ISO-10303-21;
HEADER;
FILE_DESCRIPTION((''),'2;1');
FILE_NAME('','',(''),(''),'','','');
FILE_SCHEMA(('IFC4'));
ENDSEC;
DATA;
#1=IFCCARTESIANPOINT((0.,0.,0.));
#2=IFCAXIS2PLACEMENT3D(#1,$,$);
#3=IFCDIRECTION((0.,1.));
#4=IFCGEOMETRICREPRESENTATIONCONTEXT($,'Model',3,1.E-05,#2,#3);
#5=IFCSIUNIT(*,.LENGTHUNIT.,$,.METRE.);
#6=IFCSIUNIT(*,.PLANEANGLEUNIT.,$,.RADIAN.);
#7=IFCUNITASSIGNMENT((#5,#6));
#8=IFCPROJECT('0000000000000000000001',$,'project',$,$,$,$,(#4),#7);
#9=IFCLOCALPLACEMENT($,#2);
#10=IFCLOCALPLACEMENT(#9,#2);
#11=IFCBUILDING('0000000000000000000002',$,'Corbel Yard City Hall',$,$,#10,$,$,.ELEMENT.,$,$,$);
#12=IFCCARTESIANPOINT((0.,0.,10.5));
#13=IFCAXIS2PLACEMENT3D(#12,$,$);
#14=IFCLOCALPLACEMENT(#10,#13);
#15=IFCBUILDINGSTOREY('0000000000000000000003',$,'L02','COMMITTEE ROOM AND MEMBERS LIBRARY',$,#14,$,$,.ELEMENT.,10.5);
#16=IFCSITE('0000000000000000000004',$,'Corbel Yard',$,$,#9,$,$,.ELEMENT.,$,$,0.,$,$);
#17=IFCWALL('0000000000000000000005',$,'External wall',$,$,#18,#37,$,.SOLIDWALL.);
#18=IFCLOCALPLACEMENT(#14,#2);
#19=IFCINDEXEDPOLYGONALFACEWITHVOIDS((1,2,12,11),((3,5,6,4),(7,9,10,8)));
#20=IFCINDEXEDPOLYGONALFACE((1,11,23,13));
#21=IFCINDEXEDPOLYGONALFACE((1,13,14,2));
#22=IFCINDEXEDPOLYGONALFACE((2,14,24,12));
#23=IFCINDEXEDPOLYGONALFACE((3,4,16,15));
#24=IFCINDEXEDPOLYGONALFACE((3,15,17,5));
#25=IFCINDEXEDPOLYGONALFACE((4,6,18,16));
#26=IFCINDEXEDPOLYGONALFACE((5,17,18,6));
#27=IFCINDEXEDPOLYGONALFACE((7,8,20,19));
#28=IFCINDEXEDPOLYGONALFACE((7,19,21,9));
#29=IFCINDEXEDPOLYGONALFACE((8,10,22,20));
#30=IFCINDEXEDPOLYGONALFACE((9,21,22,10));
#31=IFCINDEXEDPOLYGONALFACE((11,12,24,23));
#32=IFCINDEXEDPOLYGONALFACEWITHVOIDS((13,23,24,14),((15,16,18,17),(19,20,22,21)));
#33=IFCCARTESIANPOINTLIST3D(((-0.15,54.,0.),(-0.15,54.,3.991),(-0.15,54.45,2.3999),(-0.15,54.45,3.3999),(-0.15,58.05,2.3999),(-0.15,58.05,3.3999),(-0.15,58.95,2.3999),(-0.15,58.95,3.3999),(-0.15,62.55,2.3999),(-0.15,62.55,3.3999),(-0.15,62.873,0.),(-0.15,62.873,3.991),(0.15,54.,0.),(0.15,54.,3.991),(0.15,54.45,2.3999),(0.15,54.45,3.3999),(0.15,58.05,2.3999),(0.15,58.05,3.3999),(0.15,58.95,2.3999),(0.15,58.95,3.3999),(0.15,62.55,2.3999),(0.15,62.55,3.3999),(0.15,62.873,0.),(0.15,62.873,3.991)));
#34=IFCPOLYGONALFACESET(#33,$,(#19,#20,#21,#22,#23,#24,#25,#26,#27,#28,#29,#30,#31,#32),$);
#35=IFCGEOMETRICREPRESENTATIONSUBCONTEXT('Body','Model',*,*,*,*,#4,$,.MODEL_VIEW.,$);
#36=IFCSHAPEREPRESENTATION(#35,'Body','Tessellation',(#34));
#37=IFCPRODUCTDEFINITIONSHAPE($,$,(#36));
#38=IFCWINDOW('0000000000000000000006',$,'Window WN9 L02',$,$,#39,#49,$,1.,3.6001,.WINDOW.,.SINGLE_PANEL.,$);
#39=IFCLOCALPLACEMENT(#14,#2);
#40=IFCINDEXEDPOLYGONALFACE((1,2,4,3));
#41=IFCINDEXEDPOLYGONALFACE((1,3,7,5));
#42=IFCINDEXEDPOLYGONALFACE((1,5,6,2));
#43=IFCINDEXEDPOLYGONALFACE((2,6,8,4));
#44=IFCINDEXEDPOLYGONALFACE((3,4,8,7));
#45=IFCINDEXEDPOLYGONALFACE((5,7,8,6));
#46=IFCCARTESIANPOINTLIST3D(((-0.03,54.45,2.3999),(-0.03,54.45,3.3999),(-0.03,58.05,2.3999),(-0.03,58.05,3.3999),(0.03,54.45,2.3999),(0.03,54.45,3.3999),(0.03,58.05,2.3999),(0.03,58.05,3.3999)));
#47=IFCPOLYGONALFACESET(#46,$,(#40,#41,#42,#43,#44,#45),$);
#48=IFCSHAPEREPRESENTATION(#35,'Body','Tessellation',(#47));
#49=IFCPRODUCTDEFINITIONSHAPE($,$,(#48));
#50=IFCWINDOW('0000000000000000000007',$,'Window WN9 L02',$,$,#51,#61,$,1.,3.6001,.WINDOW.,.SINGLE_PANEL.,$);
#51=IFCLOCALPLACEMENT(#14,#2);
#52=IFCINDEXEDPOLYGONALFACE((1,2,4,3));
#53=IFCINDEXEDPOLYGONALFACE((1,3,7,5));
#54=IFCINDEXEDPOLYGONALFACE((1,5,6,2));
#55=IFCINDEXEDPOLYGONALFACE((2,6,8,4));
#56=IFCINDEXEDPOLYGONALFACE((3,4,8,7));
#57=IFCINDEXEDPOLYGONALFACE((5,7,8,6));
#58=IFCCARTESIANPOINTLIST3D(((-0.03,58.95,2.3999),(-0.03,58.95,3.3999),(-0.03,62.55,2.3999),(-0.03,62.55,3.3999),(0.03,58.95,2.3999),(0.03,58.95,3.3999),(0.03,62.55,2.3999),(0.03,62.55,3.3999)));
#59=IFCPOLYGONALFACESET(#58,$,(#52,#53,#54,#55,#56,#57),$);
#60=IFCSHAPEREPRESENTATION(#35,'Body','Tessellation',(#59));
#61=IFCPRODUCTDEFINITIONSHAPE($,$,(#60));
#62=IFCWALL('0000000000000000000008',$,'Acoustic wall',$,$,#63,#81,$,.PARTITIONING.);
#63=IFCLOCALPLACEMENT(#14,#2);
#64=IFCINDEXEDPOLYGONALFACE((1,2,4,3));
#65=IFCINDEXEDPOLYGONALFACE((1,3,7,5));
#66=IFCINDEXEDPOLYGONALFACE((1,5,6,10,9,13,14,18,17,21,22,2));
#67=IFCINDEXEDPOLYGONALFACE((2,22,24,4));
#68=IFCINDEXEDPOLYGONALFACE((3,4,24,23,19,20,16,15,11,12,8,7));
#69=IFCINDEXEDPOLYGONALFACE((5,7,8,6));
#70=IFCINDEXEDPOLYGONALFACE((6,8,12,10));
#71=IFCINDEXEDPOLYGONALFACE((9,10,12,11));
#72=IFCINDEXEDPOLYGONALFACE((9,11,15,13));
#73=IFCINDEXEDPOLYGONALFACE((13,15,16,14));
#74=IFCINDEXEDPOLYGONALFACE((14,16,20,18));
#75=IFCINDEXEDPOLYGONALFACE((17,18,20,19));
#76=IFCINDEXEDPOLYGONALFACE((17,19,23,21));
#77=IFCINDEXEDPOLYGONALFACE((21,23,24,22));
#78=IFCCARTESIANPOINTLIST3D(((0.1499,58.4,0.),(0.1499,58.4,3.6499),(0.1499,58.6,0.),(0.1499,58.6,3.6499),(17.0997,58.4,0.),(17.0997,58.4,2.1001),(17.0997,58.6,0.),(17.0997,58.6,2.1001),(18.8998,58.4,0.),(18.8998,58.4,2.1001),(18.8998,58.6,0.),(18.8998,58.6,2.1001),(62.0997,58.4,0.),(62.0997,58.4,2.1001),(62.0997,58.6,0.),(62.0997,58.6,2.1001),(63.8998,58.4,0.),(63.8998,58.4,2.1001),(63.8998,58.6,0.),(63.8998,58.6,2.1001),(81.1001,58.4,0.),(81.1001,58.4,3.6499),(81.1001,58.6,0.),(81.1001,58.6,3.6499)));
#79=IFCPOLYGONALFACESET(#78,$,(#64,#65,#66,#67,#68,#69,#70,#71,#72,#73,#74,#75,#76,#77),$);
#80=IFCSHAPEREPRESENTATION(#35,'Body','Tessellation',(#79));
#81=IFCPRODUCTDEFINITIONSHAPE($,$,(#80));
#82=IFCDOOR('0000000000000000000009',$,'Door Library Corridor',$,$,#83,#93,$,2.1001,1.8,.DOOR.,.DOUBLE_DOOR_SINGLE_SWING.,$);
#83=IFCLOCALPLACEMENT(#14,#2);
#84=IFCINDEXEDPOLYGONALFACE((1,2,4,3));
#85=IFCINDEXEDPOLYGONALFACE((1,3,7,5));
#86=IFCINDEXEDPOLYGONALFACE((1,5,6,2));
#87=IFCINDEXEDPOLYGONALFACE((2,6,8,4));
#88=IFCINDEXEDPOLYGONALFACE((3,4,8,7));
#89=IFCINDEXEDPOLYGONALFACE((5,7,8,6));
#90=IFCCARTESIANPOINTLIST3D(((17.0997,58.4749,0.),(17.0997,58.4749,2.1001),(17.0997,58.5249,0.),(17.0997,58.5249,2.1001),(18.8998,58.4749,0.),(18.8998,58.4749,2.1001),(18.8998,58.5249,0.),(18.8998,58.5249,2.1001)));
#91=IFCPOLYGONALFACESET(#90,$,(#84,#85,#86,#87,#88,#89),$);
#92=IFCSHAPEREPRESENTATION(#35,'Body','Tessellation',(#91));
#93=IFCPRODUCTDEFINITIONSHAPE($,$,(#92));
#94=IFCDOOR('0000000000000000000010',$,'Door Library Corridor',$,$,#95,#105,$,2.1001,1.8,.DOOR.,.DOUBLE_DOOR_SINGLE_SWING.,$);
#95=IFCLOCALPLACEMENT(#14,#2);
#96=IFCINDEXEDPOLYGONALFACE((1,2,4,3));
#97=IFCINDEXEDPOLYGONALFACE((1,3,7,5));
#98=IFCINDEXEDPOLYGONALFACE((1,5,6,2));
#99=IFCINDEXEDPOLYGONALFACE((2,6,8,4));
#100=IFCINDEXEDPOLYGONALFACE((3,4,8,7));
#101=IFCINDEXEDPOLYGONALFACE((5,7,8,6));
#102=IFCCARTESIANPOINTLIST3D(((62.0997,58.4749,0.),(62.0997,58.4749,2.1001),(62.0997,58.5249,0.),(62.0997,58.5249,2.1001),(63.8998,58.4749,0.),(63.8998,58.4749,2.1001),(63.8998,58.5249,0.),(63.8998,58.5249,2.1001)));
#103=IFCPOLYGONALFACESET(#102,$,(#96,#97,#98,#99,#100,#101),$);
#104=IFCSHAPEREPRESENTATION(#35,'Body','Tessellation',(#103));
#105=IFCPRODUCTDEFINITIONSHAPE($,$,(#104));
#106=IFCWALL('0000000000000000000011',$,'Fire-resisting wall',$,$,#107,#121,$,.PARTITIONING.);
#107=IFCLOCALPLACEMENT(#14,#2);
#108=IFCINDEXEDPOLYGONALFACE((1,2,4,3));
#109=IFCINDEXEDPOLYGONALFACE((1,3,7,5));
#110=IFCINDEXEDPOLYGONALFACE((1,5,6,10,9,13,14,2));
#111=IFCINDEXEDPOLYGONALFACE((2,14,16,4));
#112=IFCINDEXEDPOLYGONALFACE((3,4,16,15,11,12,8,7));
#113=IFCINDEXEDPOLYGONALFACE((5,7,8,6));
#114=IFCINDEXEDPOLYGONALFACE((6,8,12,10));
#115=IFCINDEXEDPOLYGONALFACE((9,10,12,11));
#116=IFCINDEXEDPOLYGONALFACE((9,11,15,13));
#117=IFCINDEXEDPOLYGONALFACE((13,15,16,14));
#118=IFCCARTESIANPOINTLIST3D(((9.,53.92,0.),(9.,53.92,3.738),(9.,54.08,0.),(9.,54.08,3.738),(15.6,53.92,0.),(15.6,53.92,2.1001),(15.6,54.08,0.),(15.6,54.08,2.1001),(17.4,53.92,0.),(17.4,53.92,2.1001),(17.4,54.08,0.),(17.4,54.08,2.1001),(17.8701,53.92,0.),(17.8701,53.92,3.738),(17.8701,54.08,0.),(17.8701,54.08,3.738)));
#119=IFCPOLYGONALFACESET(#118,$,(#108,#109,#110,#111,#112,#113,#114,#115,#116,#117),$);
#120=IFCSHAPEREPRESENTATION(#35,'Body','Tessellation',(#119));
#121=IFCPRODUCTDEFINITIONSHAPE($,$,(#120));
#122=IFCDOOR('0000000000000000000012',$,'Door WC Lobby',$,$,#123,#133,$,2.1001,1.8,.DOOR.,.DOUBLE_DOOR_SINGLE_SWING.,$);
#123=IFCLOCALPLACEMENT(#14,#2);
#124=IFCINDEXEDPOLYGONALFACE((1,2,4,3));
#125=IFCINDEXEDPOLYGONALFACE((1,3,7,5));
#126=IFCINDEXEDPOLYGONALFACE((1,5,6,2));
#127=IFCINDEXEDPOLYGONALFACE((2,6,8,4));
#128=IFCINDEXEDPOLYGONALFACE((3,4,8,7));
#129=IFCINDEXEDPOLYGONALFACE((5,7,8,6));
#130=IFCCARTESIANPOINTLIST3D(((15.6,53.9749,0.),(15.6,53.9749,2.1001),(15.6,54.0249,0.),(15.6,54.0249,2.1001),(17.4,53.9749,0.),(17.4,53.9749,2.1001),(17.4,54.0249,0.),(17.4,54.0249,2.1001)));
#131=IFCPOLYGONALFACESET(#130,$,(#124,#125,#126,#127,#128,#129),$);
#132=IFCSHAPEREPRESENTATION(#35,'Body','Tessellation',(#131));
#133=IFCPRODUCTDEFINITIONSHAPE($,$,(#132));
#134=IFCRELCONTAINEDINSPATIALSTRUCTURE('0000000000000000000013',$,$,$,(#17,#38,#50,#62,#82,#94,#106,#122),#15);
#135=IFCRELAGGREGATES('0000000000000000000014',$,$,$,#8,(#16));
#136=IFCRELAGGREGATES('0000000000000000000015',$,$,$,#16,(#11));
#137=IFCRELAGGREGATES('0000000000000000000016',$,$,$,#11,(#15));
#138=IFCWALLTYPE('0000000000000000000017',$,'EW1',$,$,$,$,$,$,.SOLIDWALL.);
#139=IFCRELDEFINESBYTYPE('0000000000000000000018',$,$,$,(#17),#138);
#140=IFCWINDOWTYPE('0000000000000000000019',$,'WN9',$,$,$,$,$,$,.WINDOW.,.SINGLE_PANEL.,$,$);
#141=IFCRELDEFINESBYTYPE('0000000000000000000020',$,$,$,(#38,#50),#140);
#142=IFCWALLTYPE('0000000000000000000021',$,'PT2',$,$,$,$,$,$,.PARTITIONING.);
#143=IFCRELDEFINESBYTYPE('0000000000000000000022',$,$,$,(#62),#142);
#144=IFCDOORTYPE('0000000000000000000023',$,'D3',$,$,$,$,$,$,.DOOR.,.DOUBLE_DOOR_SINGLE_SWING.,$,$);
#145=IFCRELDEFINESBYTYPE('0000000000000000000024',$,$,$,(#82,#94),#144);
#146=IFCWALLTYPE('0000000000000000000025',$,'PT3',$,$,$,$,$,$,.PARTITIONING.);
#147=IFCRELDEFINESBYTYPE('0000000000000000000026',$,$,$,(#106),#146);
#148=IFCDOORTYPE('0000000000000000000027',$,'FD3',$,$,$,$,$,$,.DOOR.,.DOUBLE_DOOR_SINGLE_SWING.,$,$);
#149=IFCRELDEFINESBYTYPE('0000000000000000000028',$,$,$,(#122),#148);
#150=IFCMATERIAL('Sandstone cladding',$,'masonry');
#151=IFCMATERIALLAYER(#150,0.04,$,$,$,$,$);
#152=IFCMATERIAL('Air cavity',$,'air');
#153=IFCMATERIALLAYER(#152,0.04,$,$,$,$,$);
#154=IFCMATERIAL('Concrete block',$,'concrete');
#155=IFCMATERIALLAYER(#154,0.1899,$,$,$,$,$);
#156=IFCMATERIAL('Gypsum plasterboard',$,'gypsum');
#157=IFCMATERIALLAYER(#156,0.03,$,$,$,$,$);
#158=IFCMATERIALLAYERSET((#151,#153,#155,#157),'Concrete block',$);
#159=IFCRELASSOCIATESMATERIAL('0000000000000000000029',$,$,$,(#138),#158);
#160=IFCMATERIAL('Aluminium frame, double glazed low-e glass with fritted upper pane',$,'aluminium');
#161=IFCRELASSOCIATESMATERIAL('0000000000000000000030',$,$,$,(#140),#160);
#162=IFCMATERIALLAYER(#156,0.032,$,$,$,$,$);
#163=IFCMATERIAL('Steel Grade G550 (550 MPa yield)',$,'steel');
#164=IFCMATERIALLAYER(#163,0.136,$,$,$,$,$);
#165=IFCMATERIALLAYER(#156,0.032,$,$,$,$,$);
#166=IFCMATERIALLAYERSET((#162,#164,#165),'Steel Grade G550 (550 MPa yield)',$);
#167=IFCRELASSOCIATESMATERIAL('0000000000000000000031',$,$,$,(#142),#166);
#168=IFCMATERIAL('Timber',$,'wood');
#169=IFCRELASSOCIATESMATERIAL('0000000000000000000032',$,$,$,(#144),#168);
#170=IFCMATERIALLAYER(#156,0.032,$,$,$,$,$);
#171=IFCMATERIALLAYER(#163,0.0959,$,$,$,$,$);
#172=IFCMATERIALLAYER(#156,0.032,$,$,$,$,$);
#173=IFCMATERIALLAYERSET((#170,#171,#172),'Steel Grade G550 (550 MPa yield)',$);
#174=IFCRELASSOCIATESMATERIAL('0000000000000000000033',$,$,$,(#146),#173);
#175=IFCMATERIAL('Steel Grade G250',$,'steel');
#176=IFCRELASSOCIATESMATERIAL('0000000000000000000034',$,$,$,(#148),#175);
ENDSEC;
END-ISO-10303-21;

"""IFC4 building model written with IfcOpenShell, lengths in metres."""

from ifc_helpers import new_model, si_unit, direction, frame, frame_2d, origin, place, context, subcontext, project, spatial, rectangle, extrude, material, layer, layer_set, type_object, element, fill, save


model = new_model("IFC4")

# Units and contexts
model_context = context("Model", 3, precision=1e-05, world=origin(), true_north=direction((0.0, 1.0)))
body_context = subcontext(model_context, "Body", "Model", "MODEL_VIEW")
ifc_project = project(units=[si_unit("LENGTHUNIT", "METRE"), si_unit("PLANEANGLEUNIT", "RADIAN")], contexts=[model_context])

# Site, building, storey
site_placement = place(None, origin())
site = spatial("IfcSite", under=ifc_project, at=site_placement, Name="Corbel Yard", CompositionType="ELEMENT", RefElevation=0.0)
building_placement = place(site_placement, origin())
building = spatial("IfcBuilding", under=site, at=building_placement, Name="Corbel Yard City Hall", CompositionType="ELEMENT")
storey_placement = place(building_placement, frame((0.0, 0.0, 10.5)))
storey = spatial("IfcBuildingStorey", under=building, at=storey_placement, Name="L02", Description="COMMITTEE ROOM AND MEMBERS LIBRARY", CompositionType="ELEMENT", Elevation=10.5)

# Shared definitions
ifc_material_1 = material(Name="Steel Grade G250", Category="steel")

# Wall, openings, windows
ifc_material_2 = material(Name="Sandstone cladding", Category="masonry")
ifc_layer_1 = layer(ifc_material_2, 0.04)
ifc_material_3 = material(Name="Air cavity", Category="air")
ifc_layer_2 = layer(ifc_material_3, 0.04)
ifc_material_4 = material(Name="Concrete block", Category="concrete")
ifc_layer_3 = layer(ifc_material_4, 0.1899)
ifc_material_5 = material(Name="Gypsum plasterboard", Category="gypsum")
ifc_layer_4 = layer(ifc_material_5, 0.03)
ifc_layer_set_1 = layer_set([ifc_layer_1, ifc_layer_2, ifc_layer_3, ifc_layer_4], Name="Concrete block")
wall_type_1 = type_object("IfcWallType", Name="EW1", PredefinedType="SOLIDWALL", material=ifc_layer_set_1)
wall_1_placement = place(storey_placement, frame((0.0, 54.0, 0.0), z_axis=(0.0, 0.0, 1.0), x_axis=(0.0, 1.0, 0.0)))
wall_1 = element("IfcWall", 1, at=wall_1_placement, inside=storey, type_object=wall_type_1, Name="External wall", PredefinedType="SOLIDWALL", context=body_context, shape_type="SweptSolid", body=[
    extrude(rectangle(XDim=8.873, YDim=0.3, at=frame_2d((4.4365, 0.0))), origin(), (0.0, 0.0, 1.0), 3.991),
])
opening_1_placement = place(wall_1_placement, frame((0.45, 0.0, 2.3999)))
opening_1 = element("IfcOpeningElement", 2, at=opening_1_placement, cuts=wall_1, PredefinedType="OPENING", context=body_context, shape_type="SweptSolid", body=[
    extrude(rectangle(XDim=3.6001, YDim=1.0, at=frame_2d((1.8, 0.5))), frame((0.0, 0.1599, 0.0), z_axis=(0.0, -1.0, 0.0), x_axis=(1.0, 0.0, 0.0)), (0.0, 0.0, 1.0), 0.3201),
])
opening_2_placement = place(wall_1_placement, frame((4.95, 0.0, 2.3999)))
opening_2 = element("IfcOpeningElement", 3, at=opening_2_placement, cuts=wall_1, PredefinedType="OPENING", context=body_context, shape_type="SweptSolid", body=[
    extrude(rectangle(XDim=3.6001, YDim=1.0, at=frame_2d((1.8, 0.5))), frame((0.0, 0.1599, 0.0), z_axis=(0.0, -1.0, 0.0), x_axis=(1.0, 0.0, 0.0)), (0.0, 0.0, 1.0), 0.3201),
])
ifc_material_6 = material(Name="Aluminium frame, double glazed low-e glass with fritted upper pane", Category="aluminium")
window_type = type_object("IfcWindowType", Name="WN9", PartitioningType="SINGLE_PANEL", PredefinedType="WINDOW", material=ifc_material_6)
window_1_placement = place(opening_1_placement, origin())
window_1 = element("IfcWindow", 4, at=window_1_placement, inside=storey, type_object=window_type, Name="Window WN9 L02", OverallHeight=1.0, OverallWidth=3.6001, PartitioningType="SINGLE_PANEL", PredefinedType="WINDOW", context=body_context, shape_type="SweptSolid", body=[
    extrude(rectangle(XDim=3.6001, YDim=1.0, at=frame_2d((1.8, 0.5))), frame((0.0, 0.03, 0.0), z_axis=(0.0, -1.0, 0.0), x_axis=(1.0, 0.0, 0.0)), (0.0, 0.0, 1.0), 0.0601),
])
fill(opening_1, window_1)
window_2_placement = place(opening_2_placement, origin())
window_2 = element("IfcWindow", 5, at=window_2_placement, inside=storey, type_object=window_type, Name="Window WN9 L02", OverallHeight=1.0, OverallWidth=3.6001, PartitioningType="SINGLE_PANEL", PredefinedType="WINDOW", context=body_context, shape_type="SweptSolid", body=[
    extrude(rectangle(XDim=3.6001, YDim=1.0, at=frame_2d((1.8, 0.5))), frame((0.0, 0.03, 0.0), z_axis=(0.0, -1.0, 0.0), x_axis=(1.0, 0.0, 0.0)), (0.0, 0.0, 1.0), 0.0601),
])
fill(opening_2, window_2)

# Wall, openings, doors
ifc_layer_5 = layer(ifc_material_5, 0.032)
ifc_material_7 = material(Name="Steel Grade G550 (550 MPa yield)", Category="steel")
ifc_layer_6 = layer(ifc_material_7, 0.136)
ifc_layer_7 = layer(ifc_material_5, 0.032)
ifc_layer_set_2 = layer_set([ifc_layer_5, ifc_layer_6, ifc_layer_7], Name="Steel Grade G550 (550 MPa yield)")
wall_type_2 = type_object("IfcWallType", Name="PT2", PredefinedType="PARTITIONING", material=ifc_layer_set_2)
wall_2_placement = place(storey_placement, frame((0.1499, 58.5, 0.0), z_axis=(0.0, 0.0, 1.0), x_axis=(1.0, 0.0, 0.0)))
wall_2 = element("IfcWall", 6, at=wall_2_placement, inside=storey, type_object=wall_type_2, Name="Acoustic wall", PredefinedType="PARTITIONING", context=body_context, shape_type="SweptSolid", body=[
    extrude(rectangle(XDim=80.9502, YDim=0.2, at=frame_2d((40.4751, 0.0))), origin(), (0.0, 0.0, 1.0), 3.6499),
])
opening_3_placement = place(wall_2_placement, frame((16.95, 0.0, 0.0)))
opening_3 = element("IfcOpeningElement", 7, at=opening_3_placement, cuts=wall_2, PredefinedType="OPENING", context=body_context, shape_type="SweptSolid", body=[
    extrude(rectangle(XDim=1.8, YDim=2.1001, at=frame_2d((0.8999, 1.05))), frame((0.0, 0.1099, 0.0), z_axis=(0.0, -1.0, 0.0), x_axis=(1.0, 0.0, 0.0)), (0.0, 0.0, 1.0), 0.22),
])
opening_4_placement = place(wall_2_placement, frame((61.95, 0.0, 0.0)))
opening_4 = element("IfcOpeningElement", 8, at=opening_4_placement, cuts=wall_2, PredefinedType="OPENING", context=body_context, shape_type="SweptSolid", body=[
    extrude(rectangle(XDim=1.8, YDim=2.1001, at=frame_2d((0.8999, 1.05))), frame((0.0, 0.1099, 0.0), z_axis=(0.0, -1.0, 0.0), x_axis=(1.0, 0.0, 0.0)), (0.0, 0.0, 1.0), 0.22),
])
ifc_material_8 = material(Name="Timber", Category="wood")
door_type_1 = type_object("IfcDoorType", Name="D3", OperationType="DOUBLE_DOOR_SINGLE_SWING", PredefinedType="DOOR", material=ifc_material_8)
door_1_placement = place(opening_3_placement, origin())
door_1 = element("IfcDoor", 9, at=door_1_placement, inside=storey, type_object=door_type_1, Name="Door Library Corridor", OperationType="DOUBLE_DOOR_SINGLE_SWING", OverallHeight=2.1001, OverallWidth=1.8, PredefinedType="DOOR", context=body_context, shape_type="SweptSolid", body=[
    extrude(rectangle(XDim=1.8, YDim=2.1001, at=frame_2d((0.8999, 1.05))), frame((0.0, 0.0249, 0.0), z_axis=(0.0, -1.0, 0.0), x_axis=(1.0, 0.0, 0.0)), (0.0, 0.0, 1.0), 0.05),
])
fill(opening_3, door_1)
door_2_placement = place(opening_4_placement, origin())
door_2 = element("IfcDoor", 10, at=door_2_placement, inside=storey, type_object=door_type_1, Name="Door Library Corridor", OperationType="DOUBLE_DOOR_SINGLE_SWING", OverallHeight=2.1001, OverallWidth=1.8, PredefinedType="DOOR", context=body_context, shape_type="SweptSolid", body=[
    extrude(rectangle(XDim=1.8, YDim=2.1001, at=frame_2d((0.8999, 1.05))), frame((0.0, 0.0249, 0.0), z_axis=(0.0, -1.0, 0.0), x_axis=(1.0, 0.0, 0.0)), (0.0, 0.0, 1.0), 0.05),
])
fill(opening_4, door_2)

# Wall, opening, door
ifc_layer_8 = layer(ifc_material_5, 0.032)
ifc_layer_9 = layer(ifc_material_7, 0.0959)
ifc_layer_10 = layer(ifc_material_5, 0.032)
ifc_layer_set_3 = layer_set([ifc_layer_8, ifc_layer_9, ifc_layer_10], Name="Steel Grade G550 (550 MPa yield)")
wall_type_3 = type_object("IfcWallType", Name="PT3", PredefinedType="PARTITIONING", material=ifc_layer_set_3)
wall_3_placement = place(storey_placement, frame((9.0, 54.0, 0.0), z_axis=(0.0, 0.0, 1.0), x_axis=(1.0, 0.0, 0.0)))
wall_3 = element("IfcWall", 11, at=wall_3_placement, inside=storey, type_object=wall_type_3, Name="Fire-resisting wall", PredefinedType="PARTITIONING", context=body_context, shape_type="SweptSolid", body=[
    extrude(rectangle(XDim=8.8701, YDim=0.1599, at=frame_2d((4.4351, 0.0))), origin(), (0.0, 0.0, 1.0), 3.738),
])
opening_5_placement = place(wall_3_placement, frame((6.6001, 0.0, 0.0)))
opening_5 = element("IfcOpeningElement", 12, at=opening_5_placement, cuts=wall_3, PredefinedType="OPENING", context=body_context, shape_type="SweptSolid", body=[
    extrude(rectangle(XDim=1.8, YDim=2.1001, at=frame_2d((0.8999, 1.05))), frame((0.0, 0.0898, 0.0), z_axis=(0.0, -1.0, 0.0), x_axis=(1.0, 0.0, 0.0)), (0.0, 0.0, 1.0), 0.1799),
])
door_type_2 = type_object("IfcDoorType", Name="FD3", OperationType="DOUBLE_DOOR_SINGLE_SWING", PredefinedType="DOOR", material=ifc_material_1)
door_3_placement = place(opening_5_placement, origin())
door_3 = element("IfcDoor", 13, at=door_3_placement, inside=storey, type_object=door_type_2, Name="Door WC Lobby", OperationType="DOUBLE_DOOR_SINGLE_SWING", OverallHeight=2.1001, OverallWidth=1.8, PredefinedType="DOOR", context=body_context, shape_type="SweptSolid", body=[
    extrude(rectangle(XDim=1.8, YDim=2.1001, at=frame_2d((0.8999, 1.05))), frame((0.0, 0.0249, 0.0), z_axis=(0.0, -1.0, 0.0), x_axis=(1.0, 0.0, 0.0)), (0.0, 0.0, 1.0), 0.05),
])
fill(opening_5, door_3)

save(model, "model.ifc")
